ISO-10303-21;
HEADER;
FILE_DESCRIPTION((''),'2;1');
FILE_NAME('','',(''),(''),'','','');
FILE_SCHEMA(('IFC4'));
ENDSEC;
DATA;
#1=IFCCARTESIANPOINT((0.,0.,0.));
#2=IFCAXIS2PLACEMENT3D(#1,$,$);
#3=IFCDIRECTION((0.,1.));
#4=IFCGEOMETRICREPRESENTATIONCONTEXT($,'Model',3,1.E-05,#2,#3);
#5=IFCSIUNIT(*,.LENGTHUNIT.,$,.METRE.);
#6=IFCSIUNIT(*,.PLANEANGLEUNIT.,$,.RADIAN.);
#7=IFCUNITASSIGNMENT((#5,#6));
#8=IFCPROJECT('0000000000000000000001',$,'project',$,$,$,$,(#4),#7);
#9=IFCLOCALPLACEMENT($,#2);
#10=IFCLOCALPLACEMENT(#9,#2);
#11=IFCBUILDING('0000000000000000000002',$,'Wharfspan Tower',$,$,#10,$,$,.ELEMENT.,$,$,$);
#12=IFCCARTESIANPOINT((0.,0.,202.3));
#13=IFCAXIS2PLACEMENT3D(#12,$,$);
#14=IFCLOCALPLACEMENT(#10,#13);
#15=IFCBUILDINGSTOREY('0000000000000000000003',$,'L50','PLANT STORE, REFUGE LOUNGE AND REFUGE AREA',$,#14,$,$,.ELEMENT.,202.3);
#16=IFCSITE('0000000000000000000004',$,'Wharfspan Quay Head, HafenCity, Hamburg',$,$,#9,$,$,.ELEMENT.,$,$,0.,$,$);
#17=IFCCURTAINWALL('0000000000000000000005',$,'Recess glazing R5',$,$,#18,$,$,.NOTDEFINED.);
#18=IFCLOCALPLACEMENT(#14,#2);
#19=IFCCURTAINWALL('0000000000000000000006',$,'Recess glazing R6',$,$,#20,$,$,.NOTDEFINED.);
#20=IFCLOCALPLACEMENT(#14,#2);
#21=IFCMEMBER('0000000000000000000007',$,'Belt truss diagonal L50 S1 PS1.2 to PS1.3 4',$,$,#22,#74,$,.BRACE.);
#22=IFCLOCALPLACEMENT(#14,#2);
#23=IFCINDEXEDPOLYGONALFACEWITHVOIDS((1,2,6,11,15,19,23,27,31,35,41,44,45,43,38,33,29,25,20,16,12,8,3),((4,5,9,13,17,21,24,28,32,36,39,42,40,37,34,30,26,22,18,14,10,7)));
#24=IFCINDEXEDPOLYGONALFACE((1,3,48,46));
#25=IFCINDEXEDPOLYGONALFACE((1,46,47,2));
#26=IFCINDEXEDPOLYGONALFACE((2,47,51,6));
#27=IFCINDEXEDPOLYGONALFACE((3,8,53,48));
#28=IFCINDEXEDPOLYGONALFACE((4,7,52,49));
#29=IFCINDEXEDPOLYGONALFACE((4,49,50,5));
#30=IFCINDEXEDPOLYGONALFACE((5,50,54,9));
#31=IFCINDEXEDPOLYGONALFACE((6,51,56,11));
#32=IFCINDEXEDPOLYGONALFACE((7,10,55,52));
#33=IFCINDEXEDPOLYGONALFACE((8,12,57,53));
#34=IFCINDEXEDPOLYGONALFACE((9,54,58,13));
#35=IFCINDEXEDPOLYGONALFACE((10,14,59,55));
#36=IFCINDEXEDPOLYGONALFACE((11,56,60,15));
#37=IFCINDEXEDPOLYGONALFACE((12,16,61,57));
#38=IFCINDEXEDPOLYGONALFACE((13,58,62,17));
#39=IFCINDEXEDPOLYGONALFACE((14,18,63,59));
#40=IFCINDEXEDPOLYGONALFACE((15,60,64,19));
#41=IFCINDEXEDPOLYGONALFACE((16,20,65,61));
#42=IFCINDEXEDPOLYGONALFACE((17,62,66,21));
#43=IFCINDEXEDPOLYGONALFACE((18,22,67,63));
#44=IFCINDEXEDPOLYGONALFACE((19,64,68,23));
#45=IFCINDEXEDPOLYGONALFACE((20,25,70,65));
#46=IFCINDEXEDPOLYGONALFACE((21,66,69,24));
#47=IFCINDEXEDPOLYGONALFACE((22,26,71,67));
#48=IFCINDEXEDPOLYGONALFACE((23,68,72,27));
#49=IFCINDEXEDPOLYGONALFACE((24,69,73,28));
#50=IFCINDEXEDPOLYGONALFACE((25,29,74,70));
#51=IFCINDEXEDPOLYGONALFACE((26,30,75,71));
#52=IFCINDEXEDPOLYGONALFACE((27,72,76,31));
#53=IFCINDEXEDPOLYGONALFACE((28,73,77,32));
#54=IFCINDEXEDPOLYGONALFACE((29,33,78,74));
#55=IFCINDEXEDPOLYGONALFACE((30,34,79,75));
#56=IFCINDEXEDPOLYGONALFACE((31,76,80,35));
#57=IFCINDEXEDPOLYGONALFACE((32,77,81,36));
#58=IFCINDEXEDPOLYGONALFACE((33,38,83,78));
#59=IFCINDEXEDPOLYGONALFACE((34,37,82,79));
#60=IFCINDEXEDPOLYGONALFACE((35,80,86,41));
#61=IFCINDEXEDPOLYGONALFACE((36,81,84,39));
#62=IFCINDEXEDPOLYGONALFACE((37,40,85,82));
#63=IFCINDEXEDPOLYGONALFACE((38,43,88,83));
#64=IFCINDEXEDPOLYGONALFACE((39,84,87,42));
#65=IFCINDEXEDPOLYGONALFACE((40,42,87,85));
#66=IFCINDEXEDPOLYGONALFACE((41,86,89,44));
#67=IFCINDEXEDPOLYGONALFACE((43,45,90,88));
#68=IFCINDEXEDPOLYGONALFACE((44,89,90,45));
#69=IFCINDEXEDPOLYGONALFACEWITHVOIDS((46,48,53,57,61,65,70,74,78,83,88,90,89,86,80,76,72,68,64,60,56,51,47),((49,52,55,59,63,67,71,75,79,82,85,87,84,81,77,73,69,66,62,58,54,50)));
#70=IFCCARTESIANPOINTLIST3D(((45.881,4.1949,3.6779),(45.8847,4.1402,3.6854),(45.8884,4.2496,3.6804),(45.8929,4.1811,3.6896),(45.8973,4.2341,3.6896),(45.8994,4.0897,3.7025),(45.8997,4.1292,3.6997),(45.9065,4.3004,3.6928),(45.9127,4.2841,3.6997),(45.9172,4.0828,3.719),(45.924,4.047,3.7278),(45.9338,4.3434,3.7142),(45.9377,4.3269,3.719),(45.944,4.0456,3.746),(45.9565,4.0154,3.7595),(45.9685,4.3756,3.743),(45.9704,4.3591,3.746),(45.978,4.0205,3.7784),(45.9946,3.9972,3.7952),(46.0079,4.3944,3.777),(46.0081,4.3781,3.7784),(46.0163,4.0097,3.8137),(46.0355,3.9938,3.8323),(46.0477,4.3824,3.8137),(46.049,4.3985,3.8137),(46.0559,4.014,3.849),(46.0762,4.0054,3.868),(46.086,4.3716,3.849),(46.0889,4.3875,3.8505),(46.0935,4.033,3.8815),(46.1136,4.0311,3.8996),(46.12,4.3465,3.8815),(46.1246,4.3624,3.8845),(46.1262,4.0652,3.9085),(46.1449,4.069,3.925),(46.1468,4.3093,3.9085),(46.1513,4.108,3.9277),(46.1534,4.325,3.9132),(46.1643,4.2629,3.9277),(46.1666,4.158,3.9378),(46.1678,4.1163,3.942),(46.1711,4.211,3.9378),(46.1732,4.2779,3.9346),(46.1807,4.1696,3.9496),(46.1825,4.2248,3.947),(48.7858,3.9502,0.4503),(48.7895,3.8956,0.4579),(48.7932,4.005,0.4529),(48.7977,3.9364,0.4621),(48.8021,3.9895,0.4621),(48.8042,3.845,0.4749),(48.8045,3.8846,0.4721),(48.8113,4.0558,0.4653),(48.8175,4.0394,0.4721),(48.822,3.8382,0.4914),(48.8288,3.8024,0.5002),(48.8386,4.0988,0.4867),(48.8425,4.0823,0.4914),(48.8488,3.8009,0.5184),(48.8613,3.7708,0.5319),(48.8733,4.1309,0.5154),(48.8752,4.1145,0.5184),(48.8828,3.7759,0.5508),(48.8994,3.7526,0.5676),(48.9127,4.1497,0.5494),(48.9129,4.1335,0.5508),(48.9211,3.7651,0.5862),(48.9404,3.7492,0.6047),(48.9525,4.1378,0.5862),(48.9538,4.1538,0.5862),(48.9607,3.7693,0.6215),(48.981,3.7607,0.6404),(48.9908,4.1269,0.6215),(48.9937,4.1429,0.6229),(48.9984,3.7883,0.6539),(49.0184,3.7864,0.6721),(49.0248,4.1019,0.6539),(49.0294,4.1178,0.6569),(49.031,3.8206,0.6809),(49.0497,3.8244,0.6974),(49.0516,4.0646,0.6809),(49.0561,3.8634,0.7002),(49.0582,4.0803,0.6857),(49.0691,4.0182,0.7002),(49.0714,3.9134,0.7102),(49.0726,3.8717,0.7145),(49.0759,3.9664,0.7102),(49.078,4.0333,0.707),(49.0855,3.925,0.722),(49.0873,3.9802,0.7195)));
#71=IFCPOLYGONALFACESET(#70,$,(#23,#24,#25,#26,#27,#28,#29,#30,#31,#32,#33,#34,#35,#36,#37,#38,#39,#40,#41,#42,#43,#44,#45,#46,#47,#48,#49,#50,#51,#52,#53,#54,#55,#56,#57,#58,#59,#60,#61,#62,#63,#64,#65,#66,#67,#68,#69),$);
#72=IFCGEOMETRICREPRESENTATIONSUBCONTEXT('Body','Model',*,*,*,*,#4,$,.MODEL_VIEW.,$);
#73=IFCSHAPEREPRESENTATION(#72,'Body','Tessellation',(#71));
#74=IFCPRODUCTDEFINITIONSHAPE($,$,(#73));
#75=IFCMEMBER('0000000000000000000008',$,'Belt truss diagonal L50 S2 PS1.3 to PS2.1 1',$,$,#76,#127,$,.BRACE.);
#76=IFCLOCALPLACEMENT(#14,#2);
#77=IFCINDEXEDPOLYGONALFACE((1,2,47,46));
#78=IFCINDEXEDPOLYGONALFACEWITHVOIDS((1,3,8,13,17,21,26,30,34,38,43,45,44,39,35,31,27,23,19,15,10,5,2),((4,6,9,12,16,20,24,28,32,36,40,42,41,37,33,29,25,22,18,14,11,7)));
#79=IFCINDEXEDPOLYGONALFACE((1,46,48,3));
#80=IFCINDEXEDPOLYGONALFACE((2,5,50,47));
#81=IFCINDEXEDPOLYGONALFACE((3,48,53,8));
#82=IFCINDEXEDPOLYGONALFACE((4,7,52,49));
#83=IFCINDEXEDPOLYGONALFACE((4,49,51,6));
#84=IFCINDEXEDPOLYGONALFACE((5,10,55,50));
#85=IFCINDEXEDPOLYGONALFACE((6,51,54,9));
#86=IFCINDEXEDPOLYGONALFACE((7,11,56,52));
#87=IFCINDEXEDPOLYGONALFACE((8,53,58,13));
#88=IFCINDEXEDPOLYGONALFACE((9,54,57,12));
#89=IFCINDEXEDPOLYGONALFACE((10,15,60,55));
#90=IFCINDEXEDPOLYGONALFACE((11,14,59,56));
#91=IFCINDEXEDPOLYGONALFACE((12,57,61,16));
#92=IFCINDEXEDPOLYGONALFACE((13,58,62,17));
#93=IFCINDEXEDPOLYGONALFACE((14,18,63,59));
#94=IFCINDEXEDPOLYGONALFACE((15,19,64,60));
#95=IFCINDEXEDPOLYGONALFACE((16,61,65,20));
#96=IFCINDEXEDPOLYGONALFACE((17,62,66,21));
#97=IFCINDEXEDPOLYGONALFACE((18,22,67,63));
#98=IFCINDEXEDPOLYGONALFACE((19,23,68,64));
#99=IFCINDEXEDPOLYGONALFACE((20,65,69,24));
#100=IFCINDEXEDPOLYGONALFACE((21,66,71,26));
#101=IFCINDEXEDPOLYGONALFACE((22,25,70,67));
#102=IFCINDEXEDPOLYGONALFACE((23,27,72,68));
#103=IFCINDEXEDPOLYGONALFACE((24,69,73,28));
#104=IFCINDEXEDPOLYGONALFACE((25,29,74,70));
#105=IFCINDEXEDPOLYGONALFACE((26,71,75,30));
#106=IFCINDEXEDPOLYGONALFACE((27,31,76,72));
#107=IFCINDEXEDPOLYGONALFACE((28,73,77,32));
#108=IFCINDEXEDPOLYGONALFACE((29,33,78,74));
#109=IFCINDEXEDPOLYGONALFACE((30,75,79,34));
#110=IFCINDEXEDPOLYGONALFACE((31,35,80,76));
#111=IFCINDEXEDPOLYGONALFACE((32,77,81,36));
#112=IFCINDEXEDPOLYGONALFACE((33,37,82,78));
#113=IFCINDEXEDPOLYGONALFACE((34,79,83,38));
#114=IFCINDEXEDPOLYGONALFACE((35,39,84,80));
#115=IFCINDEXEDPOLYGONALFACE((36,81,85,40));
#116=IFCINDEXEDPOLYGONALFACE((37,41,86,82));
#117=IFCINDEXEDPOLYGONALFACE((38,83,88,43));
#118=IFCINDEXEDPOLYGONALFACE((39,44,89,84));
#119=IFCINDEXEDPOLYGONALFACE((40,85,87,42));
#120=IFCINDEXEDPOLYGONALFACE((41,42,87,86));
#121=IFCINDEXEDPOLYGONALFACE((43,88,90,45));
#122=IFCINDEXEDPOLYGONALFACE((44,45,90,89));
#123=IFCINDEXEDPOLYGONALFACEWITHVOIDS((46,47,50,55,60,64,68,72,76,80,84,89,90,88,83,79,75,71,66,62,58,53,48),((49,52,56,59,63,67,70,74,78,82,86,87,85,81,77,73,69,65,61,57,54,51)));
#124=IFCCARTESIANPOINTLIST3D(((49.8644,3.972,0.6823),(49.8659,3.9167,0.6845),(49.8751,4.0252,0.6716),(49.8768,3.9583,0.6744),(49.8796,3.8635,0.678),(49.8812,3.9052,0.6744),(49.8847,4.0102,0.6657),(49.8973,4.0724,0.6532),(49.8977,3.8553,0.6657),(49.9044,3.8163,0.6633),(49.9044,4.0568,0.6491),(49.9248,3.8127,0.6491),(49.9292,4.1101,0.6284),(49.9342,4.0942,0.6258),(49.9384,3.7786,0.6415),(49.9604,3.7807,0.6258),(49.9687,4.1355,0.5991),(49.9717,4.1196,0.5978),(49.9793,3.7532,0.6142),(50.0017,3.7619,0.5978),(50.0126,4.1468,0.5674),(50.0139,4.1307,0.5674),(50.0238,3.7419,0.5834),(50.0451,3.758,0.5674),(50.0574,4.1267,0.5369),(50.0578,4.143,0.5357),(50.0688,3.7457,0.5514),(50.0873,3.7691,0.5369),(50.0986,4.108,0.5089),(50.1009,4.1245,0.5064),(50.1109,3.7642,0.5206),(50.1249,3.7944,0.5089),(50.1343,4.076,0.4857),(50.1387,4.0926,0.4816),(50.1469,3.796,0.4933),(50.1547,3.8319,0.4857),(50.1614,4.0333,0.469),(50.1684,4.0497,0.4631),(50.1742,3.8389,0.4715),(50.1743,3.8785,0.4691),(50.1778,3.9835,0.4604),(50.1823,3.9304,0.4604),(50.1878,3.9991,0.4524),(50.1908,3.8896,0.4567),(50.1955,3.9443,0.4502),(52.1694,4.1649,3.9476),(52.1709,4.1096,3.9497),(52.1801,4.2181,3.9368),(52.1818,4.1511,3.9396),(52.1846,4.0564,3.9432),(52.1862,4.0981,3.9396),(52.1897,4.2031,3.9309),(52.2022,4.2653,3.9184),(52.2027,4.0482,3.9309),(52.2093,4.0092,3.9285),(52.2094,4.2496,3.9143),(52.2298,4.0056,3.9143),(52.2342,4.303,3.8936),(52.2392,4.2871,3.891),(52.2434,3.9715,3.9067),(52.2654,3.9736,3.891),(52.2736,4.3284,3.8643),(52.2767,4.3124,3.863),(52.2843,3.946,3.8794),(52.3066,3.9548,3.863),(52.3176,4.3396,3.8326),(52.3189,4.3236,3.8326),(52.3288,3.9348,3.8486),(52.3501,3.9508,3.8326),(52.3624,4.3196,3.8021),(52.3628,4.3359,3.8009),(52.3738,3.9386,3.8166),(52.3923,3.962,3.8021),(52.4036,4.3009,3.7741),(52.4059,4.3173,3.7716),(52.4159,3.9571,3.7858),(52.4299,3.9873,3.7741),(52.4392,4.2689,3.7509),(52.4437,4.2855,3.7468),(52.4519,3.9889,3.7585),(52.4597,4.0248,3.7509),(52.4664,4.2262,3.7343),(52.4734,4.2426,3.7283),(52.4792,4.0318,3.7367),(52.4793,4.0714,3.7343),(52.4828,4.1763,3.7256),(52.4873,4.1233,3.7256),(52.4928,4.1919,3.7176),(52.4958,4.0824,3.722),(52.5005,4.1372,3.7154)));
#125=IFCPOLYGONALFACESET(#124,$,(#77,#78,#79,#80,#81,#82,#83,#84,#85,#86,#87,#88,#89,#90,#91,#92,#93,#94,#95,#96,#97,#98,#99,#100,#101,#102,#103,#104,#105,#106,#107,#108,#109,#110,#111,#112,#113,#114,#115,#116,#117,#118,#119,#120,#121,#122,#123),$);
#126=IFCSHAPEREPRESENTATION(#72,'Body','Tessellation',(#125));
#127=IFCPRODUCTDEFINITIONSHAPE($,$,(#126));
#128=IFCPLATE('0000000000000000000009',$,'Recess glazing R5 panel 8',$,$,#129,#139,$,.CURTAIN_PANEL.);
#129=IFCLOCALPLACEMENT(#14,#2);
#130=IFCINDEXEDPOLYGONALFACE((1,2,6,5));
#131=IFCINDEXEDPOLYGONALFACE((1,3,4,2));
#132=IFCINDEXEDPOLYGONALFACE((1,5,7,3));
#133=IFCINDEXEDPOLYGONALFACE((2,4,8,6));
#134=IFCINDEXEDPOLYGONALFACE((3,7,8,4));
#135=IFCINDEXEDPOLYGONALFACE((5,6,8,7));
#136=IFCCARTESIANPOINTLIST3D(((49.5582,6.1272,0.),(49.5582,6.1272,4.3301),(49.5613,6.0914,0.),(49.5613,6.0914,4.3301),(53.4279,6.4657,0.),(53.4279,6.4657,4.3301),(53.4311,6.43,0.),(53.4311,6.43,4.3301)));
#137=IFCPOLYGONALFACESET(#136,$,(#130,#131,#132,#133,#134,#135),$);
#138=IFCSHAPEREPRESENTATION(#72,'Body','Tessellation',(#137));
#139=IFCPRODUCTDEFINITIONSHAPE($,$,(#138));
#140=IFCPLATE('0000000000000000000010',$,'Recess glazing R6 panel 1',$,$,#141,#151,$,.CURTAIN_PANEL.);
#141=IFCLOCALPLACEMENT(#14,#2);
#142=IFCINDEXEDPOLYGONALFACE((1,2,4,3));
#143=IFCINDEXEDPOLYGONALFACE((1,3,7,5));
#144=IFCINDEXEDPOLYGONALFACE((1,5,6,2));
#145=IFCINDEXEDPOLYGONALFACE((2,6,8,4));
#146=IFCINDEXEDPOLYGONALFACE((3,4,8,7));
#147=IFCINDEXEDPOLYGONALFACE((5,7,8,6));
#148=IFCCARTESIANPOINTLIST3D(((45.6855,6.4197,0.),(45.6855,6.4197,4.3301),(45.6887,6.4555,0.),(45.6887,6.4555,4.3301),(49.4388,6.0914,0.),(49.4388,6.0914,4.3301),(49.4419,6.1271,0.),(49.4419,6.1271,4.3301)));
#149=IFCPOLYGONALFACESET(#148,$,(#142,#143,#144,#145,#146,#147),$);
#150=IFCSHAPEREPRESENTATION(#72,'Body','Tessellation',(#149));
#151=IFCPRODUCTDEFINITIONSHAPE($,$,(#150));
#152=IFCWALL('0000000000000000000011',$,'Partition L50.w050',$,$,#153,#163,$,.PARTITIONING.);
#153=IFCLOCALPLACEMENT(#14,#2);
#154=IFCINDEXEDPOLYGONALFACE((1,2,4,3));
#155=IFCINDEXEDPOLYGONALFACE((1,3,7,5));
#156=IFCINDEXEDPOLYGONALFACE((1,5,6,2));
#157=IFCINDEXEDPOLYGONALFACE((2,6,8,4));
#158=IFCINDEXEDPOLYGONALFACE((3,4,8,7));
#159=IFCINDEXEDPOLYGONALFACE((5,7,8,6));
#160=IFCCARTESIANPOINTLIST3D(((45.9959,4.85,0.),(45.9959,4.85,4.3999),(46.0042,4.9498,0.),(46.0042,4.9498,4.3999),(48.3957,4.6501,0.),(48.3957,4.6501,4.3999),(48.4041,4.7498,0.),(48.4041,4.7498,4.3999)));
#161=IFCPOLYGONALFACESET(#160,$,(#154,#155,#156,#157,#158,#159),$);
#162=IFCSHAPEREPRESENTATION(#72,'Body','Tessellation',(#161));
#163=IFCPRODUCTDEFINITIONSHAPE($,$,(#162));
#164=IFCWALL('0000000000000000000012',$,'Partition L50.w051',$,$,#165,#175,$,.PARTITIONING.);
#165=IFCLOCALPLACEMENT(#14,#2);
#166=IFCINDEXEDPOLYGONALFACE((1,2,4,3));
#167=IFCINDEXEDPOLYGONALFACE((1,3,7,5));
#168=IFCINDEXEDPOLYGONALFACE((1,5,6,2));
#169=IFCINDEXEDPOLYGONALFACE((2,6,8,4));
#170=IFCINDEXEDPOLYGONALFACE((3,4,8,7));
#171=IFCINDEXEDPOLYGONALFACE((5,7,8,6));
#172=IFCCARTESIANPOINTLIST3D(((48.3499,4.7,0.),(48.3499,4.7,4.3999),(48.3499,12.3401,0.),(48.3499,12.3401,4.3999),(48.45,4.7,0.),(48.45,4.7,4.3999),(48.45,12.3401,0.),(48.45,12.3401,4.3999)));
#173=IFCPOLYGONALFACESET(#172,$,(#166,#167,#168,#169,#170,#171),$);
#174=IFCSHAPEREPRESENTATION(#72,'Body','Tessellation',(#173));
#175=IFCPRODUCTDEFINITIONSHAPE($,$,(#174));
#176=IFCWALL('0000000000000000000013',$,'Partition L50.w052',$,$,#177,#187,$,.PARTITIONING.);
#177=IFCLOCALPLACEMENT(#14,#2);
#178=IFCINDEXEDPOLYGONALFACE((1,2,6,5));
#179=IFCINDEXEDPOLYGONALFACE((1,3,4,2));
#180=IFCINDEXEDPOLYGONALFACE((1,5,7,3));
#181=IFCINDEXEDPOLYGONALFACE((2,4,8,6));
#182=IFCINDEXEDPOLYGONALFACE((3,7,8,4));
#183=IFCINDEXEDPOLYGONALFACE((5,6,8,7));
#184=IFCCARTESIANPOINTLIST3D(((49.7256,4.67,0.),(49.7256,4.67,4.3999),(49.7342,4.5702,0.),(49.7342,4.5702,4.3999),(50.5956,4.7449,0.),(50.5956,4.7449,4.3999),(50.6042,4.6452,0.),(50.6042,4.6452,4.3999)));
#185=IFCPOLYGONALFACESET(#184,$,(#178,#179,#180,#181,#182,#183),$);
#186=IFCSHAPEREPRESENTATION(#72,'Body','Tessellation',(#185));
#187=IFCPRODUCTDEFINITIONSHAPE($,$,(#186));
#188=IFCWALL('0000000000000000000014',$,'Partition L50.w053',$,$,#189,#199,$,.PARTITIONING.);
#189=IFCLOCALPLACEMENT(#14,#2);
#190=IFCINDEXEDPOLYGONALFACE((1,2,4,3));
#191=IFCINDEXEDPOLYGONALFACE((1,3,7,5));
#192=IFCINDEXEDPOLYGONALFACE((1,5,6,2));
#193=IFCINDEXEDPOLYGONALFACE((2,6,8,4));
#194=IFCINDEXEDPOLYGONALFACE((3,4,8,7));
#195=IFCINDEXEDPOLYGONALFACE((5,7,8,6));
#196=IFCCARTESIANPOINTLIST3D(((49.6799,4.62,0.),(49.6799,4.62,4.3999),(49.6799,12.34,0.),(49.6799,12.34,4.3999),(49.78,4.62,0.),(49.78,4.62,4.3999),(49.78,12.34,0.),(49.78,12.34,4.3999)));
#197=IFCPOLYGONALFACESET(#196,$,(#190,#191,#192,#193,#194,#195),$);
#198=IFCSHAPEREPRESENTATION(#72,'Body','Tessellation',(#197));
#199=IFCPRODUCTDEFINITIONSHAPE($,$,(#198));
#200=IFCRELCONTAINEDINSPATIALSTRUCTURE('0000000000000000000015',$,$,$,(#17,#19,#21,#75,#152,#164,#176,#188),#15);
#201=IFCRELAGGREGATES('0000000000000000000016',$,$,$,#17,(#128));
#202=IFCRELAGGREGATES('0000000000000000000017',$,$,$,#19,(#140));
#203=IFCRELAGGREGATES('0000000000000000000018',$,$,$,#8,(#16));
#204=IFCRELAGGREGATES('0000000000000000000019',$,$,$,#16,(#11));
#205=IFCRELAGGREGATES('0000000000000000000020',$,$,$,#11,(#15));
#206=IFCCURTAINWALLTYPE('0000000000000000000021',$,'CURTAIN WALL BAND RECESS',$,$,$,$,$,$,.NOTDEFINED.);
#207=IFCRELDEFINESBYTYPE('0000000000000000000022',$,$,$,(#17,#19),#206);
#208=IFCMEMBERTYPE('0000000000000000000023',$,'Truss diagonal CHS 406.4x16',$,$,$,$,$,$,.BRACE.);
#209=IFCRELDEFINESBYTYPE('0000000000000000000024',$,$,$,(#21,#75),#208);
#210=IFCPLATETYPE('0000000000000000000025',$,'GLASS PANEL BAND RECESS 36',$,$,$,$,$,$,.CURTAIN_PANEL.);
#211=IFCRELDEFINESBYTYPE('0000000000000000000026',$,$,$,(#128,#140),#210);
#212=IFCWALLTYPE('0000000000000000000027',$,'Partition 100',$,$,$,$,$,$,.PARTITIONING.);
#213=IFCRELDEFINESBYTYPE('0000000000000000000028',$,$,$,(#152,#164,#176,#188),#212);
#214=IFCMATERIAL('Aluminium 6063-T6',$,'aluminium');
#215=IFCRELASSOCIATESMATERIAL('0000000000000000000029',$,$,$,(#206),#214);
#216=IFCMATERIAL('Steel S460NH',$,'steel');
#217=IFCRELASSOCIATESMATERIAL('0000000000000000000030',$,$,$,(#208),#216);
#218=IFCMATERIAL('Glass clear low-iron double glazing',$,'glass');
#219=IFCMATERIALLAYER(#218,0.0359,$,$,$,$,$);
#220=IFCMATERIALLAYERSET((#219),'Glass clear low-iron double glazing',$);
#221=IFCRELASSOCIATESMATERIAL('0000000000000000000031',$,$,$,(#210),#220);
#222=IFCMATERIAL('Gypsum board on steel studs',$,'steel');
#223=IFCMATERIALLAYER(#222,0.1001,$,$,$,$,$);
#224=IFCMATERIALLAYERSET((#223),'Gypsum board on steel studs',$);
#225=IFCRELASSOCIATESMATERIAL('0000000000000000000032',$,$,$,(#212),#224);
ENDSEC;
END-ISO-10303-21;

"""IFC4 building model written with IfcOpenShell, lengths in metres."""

from ifc_helpers import new_model, si_unit, direction, frame, frame_2d, origin, origin_2d, place, context, subcontext, project, spatial, rectangle, hollow_circle, extrude, material, layer, layer_set, material_profile, profile_set, type_object, element, aggregate, save


model = new_model("IFC4")

# Units and contexts
model_context = context("Model", 3, precision=1e-05, world=origin(), true_north=direction((0.0, 1.0)))
body_context = subcontext(model_context, "Body", "Model", "MODEL_VIEW")
ifc_project = project(units=[si_unit("LENGTHUNIT", "METRE"), si_unit("PLANEANGLEUNIT", "RADIAN")], contexts=[model_context])

# Site, building, storey
site_placement = place(None, origin())
site = spatial("IfcSite", under=ifc_project, at=site_placement, Name="Wharfspan Quay Head, HafenCity, Hamburg", CompositionType="ELEMENT", RefElevation=0.0)
building_placement = place(site_placement, origin())
building = spatial("IfcBuilding", under=site, at=building_placement, Name="Wharfspan Tower", CompositionType="ELEMENT")
storey_placement = place(building_placement, frame((0.0, 0.0, 202.3)))
storey = spatial("IfcBuildingStorey", under=building, at=storey_placement, Name="L50", Description="PLANT STORE, REFUGE LOUNGE AND REFUGE AREA", CompositionType="ELEMENT", Elevation=202.3)

# Curtain wall
ifc_material_1 = material(Name="Aluminium 6063-T6", Category="aluminium")
curtain_wall_type = type_object("IfcCurtainWallType", Name="CURTAIN WALL BAND RECESS", PredefinedType="NOTDEFINED", material=ifc_material_1)
curtain_wall_1_placement = place(storey_placement, origin())
curtain_wall_1 = element("IfcCurtainWall", 1, at=curtain_wall_1_placement, inside=storey, type_object=curtain_wall_type, Name="Recess glazing R5", PredefinedType="NOTDEFINED")

# Curtain wall
curtain_wall_2_placement = place(storey_placement, origin())
curtain_wall_2 = element("IfcCurtainWall", 2, at=curtain_wall_2_placement, inside=storey, type_object=curtain_wall_type, Name="Recess glazing R6", PredefinedType="NOTDEFINED")

# Members
ifc_material_2 = material(Name="Steel S460NH", Category="steel")
ifc_material_profile_1 = material_profile(ifc_material_2, hollow_circle(Radius=0.2031, WallThickness=0.0161, at=origin_2d()))
ifc_profile_set_1 = profile_set([ifc_material_profile_1], Name="Steel S460NH")
member_type_1 = type_object("IfcMemberType", Name="Truss diagonal CHS 406.4x16", PredefinedType="BRACE", material=ifc_profile_set_1)
member_1_placement = place(storey_placement, frame((46.032, 4.196, 3.8137), z_axis=(0.667906, -0.056248, -0.742117), x_axis=(0.083922, 0.996476, 0.000003)))
element("IfcMember", 3, at=member_1_placement, inside=storey, type_object=member_type_1, Name="Belt truss diagonal L50 S1 PS1.2 to PS1.3 4", PredefinedType="BRACE", context=body_context, shape_type="SweptSolid", body=[
    extrude(hollow_circle(Radius=0.2031, WallThickness=0.0161, at=origin_2d()), origin(), (0.0, 0.0, 1.0), 4.3491),
])
member_2_placement = place(storey_placement, frame((50.0295, 3.9443, 0.5674), z_axis=(0.576034, 0.048201, 0.816003), x_axis=(-0.083382, 0.996521, -0.000003)))
element("IfcMember", 4, at=member_2_placement, inside=storey, type_object=member_type_1, Name="Belt truss diagonal L50 S2 PS1.3 to PS2.1 1", PredefinedType="BRACE", context=body_context, shape_type="SweptSolid", body=[
    extrude(hollow_circle(Radius=0.2031, WallThickness=0.0161, at=origin_2d()), origin(), (0.0, 0.0, 1.0), 4.0015),
])

# Plates
ifc_material_3 = material(Name="Glass clear low-iron double glazing", Category="glass")
ifc_layer_1 = layer(ifc_material_3, 0.0359)
ifc_layer_set_1 = layer_set([ifc_layer_1], Name="Glass clear low-iron double glazing")
plate_type = type_object("IfcPlateType", Name="GLASS PANEL BAND RECESS 36", PredefinedType="CURTAIN_PANEL", material=ifc_layer_set_1)
plate_1_placement = place(storey_placement, frame((51.4946, 6.2786, 0.0), z_axis=(0.0, 0.0, 1.0), x_axis=(-0.996198, -0.087156, 0.0)))
plate_1 = element("IfcPlate", 5, at=plate_1_placement, type_object=plate_type, Name="Recess glazing R5 panel 8", PredefinedType="CURTAIN_PANEL", context=body_context, shape_type="SweptSolid", body=[
    extrude(rectangle(XDim=3.8845, YDim=0.0359, at=origin_2d()), origin(), (0.0, 0.0, 1.0), 4.3301),
])
aggregate(curtain_wall_1, [plate_1])
plate_2_placement = place(storey_placement, frame((47.5637, 6.2734, 0.0), z_axis=(0.0, 0.0, 1.0), x_axis=(-0.996198, 0.087156, 0.0)))
plate_2 = element("IfcPlate", 6, at=plate_2_placement, type_object=plate_type, Name="Recess glazing R6 panel 1", PredefinedType="CURTAIN_PANEL", context=body_context, shape_type="SweptSolid", body=[
    extrude(rectangle(XDim=3.7676, YDim=0.0359, at=origin_2d()), origin(), (0.0, 0.0, 1.0), 4.3301),
])
aggregate(curtain_wall_2, [plate_2])

# Walls
ifc_material_4 = material(Name="Gypsum board on steel studs", Category="steel")
ifc_layer_2 = layer(ifc_material_4, 0.1001)
ifc_layer_set_2 = layer_set([ifc_layer_2], Name="Gypsum board on steel studs")
wall_type_1 = type_object("IfcWallType", Name="Partition 100", PredefinedType="PARTITIONING", material=ifc_layer_set_2)
wall_1_placement = place(storey_placement, frame((48.3999, 4.7, 0.0), z_axis=(0.0, 0.0, 1.0), x_axis=(-0.996551, 0.083029, 0.0)))
element("IfcWall", 7, at=wall_1_placement, inside=storey, type_object=wall_type_1, Name="Partition L50.w050", PredefinedType="PARTITIONING", context=body_context, shape_type="SweptSolid", body=[
    extrude(rectangle(XDim=2.4082, YDim=0.1001, at=frame_2d((1.2041, 0.0))), origin(), (0.0, 0.0, 1.0), 4.3999),
])
wall_2_placement = place(storey_placement, frame((48.3999, 4.7, 0.0), z_axis=(0.0, 0.0, 1.0), x_axis=(0.0, 1.0, 0.0)))
element("IfcWall", 8, at=wall_2_placement, inside=storey, type_object=wall_type_1, Name="Partition L50.w051", PredefinedType="PARTITIONING", context=body_context, shape_type="SweptSolid", body=[
    extrude(rectangle(XDim=7.6401, YDim=0.1001, at=frame_2d((3.8201, 0.0))), origin(), (0.0, 0.0, 1.0), 4.3999),
])
wall_3_placement = place(storey_placement, frame((49.73, 4.6201, 0.0), z_axis=(0.0, 0.0, 1.0), x_axis=(0.996307, 0.085821, 0.0)))
element("IfcWall", 9, at=wall_3_placement, inside=storey, type_object=wall_type_1, Name="Partition L50.w052", PredefinedType="PARTITIONING", context=body_context, shape_type="SweptSolid", body=[
    extrude(rectangle(XDim=0.8733, YDim=0.1001, at=frame_2d((0.4365, 0.0))), origin(), (0.0, 0.0, 1.0), 4.3999),
])
wall_4_placement = place(storey_placement, frame((49.73, 4.6201, 0.0), z_axis=(0.0, 0.0, 1.0), x_axis=(0.0, 1.0, 0.0)))
element("IfcWall", 10, at=wall_4_placement, inside=storey, type_object=wall_type_1, Name="Partition L50.w053", PredefinedType="PARTITIONING", context=body_context, shape_type="SweptSolid", body=[
    extrude(rectangle(XDim=7.72, YDim=0.1001, at=frame_2d((3.8599, 0.0))), origin(), (0.0, 0.0, 1.0), 4.3999),
])

save(model, "model.ifc")
